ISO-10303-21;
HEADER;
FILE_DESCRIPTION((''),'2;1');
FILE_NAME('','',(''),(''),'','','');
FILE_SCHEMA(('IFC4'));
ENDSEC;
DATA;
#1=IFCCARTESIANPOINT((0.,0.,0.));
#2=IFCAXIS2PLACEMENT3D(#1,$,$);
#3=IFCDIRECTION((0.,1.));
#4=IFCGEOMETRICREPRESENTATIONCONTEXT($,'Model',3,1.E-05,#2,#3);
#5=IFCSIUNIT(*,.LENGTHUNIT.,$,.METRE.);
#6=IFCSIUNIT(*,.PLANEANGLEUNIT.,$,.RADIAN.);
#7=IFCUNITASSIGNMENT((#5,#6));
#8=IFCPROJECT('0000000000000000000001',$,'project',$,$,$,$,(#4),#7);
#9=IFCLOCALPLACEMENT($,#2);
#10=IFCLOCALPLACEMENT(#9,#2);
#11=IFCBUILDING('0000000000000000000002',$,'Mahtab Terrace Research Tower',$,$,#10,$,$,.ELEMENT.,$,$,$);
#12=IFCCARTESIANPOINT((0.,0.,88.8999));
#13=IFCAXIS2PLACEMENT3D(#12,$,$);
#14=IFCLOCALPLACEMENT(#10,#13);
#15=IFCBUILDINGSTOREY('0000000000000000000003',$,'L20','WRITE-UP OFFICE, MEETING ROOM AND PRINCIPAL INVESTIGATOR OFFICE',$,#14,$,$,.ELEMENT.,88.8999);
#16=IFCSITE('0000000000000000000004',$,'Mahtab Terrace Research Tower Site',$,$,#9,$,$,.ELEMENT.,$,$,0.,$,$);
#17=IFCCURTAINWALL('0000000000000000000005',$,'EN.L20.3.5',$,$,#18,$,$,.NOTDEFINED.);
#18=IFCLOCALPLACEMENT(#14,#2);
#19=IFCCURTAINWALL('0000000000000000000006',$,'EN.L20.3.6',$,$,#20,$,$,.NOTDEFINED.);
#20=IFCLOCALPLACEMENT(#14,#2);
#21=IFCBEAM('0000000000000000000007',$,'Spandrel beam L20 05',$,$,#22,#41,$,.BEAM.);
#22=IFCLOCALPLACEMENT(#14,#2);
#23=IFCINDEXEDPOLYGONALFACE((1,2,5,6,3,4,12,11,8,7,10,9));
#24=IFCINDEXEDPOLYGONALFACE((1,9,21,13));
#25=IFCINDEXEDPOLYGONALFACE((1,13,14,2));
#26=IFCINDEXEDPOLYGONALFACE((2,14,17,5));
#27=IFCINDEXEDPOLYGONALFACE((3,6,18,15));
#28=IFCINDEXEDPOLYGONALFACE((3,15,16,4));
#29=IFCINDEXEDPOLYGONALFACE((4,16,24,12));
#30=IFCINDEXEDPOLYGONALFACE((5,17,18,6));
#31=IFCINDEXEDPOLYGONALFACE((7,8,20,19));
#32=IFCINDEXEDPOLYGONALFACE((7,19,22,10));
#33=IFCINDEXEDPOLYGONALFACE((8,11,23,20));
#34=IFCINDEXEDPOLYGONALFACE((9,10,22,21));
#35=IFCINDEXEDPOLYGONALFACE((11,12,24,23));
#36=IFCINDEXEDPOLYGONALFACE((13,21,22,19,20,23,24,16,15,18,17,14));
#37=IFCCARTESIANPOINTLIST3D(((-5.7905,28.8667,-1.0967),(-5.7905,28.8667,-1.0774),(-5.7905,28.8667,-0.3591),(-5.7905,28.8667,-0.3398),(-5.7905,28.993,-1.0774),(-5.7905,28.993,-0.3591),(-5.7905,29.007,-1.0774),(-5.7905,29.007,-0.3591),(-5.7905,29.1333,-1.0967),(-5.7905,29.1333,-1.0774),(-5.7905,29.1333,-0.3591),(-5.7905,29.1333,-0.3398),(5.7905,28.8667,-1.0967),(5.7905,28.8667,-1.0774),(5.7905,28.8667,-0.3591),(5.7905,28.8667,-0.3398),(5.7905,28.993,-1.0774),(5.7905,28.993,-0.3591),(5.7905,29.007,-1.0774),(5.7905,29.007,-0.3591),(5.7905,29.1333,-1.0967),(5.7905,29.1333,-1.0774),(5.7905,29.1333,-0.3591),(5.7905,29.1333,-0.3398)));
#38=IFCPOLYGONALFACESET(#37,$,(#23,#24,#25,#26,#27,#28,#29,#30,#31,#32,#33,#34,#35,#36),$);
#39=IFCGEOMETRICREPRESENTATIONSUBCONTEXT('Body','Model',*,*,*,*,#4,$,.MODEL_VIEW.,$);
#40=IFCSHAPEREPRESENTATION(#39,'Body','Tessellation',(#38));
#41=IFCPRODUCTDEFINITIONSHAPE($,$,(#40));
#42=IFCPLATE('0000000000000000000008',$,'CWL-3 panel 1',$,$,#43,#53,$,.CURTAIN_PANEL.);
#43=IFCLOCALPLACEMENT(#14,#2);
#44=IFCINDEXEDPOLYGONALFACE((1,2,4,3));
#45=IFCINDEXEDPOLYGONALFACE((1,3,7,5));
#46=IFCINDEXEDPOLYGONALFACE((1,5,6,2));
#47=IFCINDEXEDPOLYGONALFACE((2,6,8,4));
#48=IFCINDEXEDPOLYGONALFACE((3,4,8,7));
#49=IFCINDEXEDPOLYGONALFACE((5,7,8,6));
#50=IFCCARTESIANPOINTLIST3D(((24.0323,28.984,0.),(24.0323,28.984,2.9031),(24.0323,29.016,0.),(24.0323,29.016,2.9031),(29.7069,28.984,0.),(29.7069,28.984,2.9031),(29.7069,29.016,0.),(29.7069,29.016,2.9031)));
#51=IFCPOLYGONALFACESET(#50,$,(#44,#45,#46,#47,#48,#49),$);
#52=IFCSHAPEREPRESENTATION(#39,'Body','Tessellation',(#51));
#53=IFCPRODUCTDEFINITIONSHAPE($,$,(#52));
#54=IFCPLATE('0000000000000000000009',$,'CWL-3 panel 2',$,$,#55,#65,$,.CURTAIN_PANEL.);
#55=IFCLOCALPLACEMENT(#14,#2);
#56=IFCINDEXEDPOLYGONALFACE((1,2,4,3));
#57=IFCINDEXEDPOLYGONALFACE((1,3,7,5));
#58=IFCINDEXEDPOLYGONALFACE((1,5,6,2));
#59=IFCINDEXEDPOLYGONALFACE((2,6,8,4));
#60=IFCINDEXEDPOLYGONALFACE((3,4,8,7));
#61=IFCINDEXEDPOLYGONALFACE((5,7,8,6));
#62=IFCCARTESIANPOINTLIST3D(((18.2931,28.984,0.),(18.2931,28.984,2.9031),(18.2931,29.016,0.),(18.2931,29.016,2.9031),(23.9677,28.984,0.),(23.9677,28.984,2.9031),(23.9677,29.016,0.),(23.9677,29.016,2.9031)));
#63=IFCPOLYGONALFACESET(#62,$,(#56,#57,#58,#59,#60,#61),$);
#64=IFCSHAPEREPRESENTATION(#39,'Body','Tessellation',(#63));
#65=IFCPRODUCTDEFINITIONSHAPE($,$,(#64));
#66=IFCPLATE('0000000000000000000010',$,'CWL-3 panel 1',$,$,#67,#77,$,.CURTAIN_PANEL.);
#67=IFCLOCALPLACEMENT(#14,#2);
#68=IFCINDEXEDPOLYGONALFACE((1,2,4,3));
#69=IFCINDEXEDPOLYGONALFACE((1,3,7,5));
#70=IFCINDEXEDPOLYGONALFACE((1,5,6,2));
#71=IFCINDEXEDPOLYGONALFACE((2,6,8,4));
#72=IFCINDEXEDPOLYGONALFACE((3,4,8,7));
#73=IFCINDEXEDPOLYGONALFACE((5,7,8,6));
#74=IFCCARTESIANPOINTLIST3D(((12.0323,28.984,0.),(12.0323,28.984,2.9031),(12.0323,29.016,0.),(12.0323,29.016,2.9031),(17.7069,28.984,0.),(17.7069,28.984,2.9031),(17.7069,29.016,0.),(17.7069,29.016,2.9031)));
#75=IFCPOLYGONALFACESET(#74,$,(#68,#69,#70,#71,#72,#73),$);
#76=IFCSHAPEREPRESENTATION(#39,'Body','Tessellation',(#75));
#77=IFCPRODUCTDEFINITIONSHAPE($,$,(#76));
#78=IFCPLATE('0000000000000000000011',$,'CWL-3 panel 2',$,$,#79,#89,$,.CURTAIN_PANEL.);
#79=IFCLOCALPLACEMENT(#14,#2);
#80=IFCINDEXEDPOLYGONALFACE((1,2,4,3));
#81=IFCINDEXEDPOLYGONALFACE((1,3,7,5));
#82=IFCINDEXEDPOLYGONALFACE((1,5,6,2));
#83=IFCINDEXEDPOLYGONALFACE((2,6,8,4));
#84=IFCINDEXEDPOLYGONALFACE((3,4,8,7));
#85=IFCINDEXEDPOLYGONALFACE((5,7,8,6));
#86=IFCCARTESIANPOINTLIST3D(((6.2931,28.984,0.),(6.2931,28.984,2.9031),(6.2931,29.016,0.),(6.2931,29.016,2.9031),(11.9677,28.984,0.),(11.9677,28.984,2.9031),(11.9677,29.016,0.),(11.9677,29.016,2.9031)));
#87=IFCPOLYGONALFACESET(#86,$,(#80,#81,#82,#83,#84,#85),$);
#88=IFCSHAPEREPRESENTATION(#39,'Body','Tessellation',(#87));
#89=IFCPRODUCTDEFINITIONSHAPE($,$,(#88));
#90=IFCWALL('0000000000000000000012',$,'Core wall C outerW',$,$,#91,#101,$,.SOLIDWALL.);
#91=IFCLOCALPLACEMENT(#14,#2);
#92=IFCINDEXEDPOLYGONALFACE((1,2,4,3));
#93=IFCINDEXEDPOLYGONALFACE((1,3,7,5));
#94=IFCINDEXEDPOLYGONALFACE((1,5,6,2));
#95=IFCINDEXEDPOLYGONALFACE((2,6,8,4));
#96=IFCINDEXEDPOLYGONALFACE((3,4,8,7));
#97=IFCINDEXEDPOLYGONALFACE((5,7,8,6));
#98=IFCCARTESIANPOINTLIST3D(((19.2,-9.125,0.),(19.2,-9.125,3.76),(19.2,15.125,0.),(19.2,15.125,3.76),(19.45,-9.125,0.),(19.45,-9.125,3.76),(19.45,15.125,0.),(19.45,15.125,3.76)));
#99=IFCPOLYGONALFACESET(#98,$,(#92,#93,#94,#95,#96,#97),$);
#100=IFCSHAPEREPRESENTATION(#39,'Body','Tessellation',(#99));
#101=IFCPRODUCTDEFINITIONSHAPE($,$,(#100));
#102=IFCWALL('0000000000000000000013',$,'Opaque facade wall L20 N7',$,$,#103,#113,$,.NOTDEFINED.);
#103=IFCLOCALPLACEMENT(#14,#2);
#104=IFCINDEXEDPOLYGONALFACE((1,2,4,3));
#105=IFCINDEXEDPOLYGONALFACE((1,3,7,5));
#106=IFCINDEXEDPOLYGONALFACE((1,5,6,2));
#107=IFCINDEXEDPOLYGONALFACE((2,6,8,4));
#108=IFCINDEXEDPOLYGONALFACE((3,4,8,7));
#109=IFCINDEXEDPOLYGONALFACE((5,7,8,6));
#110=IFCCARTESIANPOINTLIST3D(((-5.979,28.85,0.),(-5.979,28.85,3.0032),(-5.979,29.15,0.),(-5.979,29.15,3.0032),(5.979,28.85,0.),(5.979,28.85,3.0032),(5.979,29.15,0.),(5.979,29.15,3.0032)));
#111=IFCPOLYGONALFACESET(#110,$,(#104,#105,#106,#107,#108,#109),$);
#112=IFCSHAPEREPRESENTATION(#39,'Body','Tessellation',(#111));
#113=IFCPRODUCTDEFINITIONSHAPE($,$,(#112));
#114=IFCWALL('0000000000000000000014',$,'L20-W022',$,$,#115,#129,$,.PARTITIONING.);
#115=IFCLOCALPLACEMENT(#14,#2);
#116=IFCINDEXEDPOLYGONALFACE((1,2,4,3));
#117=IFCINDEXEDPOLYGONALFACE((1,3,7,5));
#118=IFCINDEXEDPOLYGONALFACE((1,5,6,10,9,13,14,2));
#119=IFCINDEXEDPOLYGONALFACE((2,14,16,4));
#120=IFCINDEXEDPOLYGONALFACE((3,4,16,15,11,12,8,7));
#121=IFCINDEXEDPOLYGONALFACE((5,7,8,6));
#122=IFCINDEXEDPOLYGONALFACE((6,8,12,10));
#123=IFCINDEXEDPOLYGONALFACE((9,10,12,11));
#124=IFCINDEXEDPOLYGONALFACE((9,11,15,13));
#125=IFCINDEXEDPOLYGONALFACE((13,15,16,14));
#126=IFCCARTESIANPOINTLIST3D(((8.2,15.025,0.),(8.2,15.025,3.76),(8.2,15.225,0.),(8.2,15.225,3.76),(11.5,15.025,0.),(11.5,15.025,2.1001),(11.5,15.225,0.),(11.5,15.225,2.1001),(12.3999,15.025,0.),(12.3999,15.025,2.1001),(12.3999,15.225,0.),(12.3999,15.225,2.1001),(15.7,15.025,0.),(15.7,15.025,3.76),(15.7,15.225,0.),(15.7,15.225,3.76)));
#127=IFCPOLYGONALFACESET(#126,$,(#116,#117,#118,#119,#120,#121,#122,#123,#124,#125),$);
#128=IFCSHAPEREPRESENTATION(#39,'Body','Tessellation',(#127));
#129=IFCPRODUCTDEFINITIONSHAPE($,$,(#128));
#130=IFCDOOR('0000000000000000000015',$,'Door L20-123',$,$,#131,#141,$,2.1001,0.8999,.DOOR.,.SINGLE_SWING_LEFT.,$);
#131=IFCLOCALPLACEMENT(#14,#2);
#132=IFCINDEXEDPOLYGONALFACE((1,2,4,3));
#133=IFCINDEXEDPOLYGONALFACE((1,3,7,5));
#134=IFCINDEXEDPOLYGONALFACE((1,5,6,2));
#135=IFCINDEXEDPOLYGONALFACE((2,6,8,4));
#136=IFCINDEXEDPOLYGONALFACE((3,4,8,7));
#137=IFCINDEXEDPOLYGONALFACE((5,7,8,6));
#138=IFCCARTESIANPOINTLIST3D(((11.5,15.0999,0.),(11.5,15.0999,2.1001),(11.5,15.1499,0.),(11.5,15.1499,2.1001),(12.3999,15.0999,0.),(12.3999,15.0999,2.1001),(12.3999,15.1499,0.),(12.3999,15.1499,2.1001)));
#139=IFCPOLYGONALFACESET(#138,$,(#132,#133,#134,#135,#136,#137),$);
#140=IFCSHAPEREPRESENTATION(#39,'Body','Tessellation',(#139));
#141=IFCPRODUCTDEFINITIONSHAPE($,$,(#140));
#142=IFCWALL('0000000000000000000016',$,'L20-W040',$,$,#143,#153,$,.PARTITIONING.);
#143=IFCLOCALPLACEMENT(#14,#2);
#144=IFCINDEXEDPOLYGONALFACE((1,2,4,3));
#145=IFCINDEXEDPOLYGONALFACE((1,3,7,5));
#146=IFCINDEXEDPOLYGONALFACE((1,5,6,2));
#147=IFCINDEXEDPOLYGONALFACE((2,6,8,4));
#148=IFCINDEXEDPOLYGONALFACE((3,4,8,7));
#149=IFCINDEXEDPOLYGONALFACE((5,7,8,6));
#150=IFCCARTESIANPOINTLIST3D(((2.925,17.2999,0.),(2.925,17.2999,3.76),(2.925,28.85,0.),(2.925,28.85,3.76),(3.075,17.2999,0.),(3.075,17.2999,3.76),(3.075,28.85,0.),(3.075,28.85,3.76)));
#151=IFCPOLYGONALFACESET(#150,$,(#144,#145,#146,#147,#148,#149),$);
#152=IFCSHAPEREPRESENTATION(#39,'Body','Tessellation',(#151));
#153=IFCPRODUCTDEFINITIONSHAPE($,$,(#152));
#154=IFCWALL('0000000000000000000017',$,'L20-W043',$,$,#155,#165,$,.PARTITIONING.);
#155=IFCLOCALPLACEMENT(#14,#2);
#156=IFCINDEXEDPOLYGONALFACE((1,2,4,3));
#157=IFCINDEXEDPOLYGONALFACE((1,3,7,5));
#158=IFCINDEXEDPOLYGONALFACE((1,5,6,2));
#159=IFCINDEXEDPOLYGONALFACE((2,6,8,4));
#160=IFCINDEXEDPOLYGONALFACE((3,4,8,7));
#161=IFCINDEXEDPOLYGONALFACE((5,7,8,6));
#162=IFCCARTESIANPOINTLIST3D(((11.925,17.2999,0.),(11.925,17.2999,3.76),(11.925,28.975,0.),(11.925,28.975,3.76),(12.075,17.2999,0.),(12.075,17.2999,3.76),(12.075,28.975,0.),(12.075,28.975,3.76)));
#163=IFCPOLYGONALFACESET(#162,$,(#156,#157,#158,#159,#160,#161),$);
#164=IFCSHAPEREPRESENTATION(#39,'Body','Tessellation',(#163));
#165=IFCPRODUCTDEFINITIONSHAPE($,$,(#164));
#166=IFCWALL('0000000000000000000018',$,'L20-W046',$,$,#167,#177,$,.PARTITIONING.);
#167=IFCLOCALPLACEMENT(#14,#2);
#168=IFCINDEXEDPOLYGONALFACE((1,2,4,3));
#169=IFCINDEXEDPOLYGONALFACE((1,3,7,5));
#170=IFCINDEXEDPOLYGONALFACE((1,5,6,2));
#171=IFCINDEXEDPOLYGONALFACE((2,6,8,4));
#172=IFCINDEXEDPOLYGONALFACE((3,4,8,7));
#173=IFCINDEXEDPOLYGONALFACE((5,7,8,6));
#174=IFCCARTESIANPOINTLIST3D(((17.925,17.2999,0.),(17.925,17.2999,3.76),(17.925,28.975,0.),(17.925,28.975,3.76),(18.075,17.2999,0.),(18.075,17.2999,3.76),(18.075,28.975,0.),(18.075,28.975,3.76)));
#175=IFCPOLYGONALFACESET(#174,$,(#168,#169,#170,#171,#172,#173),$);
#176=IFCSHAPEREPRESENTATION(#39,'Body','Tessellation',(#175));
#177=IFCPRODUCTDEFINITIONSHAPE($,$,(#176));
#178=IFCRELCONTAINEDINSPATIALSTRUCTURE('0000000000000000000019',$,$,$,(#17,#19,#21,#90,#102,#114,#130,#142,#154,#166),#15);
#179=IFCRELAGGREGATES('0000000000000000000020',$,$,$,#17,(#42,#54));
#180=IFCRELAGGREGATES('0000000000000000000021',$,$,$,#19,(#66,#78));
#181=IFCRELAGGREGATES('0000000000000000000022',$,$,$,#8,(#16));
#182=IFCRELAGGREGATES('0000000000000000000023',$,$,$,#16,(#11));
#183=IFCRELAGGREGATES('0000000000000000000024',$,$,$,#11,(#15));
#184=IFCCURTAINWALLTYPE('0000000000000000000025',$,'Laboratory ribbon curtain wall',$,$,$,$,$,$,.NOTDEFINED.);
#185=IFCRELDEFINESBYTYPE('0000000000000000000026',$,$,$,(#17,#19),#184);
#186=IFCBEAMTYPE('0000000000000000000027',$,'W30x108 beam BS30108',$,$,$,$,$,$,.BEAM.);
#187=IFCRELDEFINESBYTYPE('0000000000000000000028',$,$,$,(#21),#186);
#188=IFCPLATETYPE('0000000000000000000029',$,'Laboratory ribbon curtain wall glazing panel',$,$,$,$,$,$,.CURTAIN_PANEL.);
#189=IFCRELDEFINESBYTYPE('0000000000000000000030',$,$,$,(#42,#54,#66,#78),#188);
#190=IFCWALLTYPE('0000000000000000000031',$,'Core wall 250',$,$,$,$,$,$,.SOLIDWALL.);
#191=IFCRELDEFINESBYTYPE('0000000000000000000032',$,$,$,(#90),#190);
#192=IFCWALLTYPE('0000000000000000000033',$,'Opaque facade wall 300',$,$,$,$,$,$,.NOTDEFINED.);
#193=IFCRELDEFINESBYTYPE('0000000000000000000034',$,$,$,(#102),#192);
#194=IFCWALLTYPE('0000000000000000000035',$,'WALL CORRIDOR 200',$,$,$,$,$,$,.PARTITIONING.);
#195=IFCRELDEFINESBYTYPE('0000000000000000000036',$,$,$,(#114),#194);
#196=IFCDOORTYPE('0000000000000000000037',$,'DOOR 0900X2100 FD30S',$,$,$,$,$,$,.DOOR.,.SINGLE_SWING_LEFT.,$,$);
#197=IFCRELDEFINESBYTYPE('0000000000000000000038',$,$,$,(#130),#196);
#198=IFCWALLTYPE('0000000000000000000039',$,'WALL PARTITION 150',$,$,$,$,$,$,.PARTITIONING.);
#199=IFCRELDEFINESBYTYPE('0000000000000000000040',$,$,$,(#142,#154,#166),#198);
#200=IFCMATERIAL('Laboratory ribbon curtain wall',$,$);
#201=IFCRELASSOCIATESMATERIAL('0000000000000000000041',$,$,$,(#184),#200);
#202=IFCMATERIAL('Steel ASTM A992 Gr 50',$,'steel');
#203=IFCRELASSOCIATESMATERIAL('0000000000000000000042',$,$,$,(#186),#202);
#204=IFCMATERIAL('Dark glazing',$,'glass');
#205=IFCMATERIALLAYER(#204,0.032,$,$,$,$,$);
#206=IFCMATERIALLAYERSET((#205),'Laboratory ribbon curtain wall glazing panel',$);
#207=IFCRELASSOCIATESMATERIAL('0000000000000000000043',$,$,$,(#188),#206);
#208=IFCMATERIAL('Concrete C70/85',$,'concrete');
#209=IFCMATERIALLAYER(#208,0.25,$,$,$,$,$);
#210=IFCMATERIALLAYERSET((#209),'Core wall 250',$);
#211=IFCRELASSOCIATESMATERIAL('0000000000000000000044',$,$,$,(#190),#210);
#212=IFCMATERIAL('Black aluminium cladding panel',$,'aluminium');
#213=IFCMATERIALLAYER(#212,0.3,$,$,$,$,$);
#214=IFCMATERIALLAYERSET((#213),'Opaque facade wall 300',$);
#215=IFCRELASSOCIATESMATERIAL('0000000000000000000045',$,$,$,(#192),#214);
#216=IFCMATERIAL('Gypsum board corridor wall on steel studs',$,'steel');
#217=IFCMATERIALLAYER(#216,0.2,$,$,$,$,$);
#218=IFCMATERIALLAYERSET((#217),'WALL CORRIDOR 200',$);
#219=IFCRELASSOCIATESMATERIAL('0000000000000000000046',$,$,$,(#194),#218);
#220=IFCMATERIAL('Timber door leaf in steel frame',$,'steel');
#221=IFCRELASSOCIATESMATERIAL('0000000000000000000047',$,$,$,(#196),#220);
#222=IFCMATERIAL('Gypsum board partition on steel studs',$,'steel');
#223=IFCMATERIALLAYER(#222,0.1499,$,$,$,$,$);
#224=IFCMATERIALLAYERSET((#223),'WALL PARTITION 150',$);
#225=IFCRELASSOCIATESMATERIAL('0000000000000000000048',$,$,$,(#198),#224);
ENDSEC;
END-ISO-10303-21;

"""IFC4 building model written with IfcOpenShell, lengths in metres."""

from ifc_helpers import new_model, si_unit, direction, frame, frame_2d, origin, origin_2d, place, context, subcontext, project, spatial, rectangle, i_section, extrude, material, layer, layer_set, material_profile, profile_set, type_object, element, fill, aggregate, save


model = new_model("IFC4")

# Units and contexts
model_context = context("Model", 3, precision=1e-05, world=origin(), true_north=direction((0.0, 1.0)))
body_context = subcontext(model_context, "Body", "Model", "MODEL_VIEW")
ifc_project = project(units=[si_unit("LENGTHUNIT", "METRE"), si_unit("PLANEANGLEUNIT", "RADIAN")], contexts=[model_context])

# Site, building, storey
site_placement = place(None, origin())
site = spatial("IfcSite", under=ifc_project, at=site_placement, Name="Mahtab Terrace Research Tower Site", CompositionType="ELEMENT", RefElevation=0.0)
building_placement = place(site_placement, origin())
building = spatial("IfcBuilding", under=site, at=building_placement, Name="Mahtab Terrace Research Tower", CompositionType="ELEMENT")
storey_placement = place(building_placement, frame((0.0, 0.0, 88.8999)))
storey = spatial("IfcBuildingStorey", under=building, at=storey_placement, Name="L20", Description="WRITE-UP OFFICE, MEETING ROOM AND PRINCIPAL INVESTIGATOR OFFICE", CompositionType="ELEMENT", Elevation=88.8999)

# Shared definitions
ifc_material_1 = material(Name="Steel ASTM A992 Gr 50", Category="steel")

# Curtain walls
ifc_material_2 = material(Name="Laboratory ribbon curtain wall")
curtain_wall_type = type_object("IfcCurtainWallType", Name="Laboratory ribbon curtain wall", PredefinedType="NOTDEFINED", material=ifc_material_2)
curtain_wall_1_placement = place(storey_placement, origin())
curtain_wall_1 = element("IfcCurtainWall", 1, at=curtain_wall_1_placement, inside=storey, type_object=curtain_wall_type, Name="EN.L20.3.5", PredefinedType="NOTDEFINED")
curtain_wall_2_placement = place(storey_placement, origin())
curtain_wall_2 = element("IfcCurtainWall", 2, at=curtain_wall_2_placement, inside=storey, type_object=curtain_wall_type, Name="EN.L20.3.6", PredefinedType="NOTDEFINED")

# Beam
ifc_material_profile_1 = material_profile(ifc_material_1, i_section(OverallWidth=0.2666, OverallDepth=0.7568, WebThickness=0.0139, FlangeThickness=0.0193, at=origin_2d()), Name="W30X108")
ifc_profile_set_1 = profile_set([ifc_material_profile_1], Name="Steel ASTM A992 Gr 50")
beam_type = type_object("IfcBeamType", Name="W30x108 beam BS30108", PredefinedType="BEAM", material=ifc_profile_set_1)
for number, where, z_axis, x_axis, name in (
    (3, (5.7905, 29.0, -0.7183), (-1.0, 0.0, 0.0), (0.0, -1.0, 0.0), "Spandrel beam L20 05"),
):
    element("IfcBeam", number, at=place(storey_placement, frame(where, z_axis=z_axis, x_axis=x_axis)), inside=storey, type_object=beam_type, Name=name, PredefinedType="BEAM", context=body_context, shape_type="SweptSolid", body=[
        extrude(i_section(OverallWidth=0.2666, OverallDepth=0.7568, WebThickness=0.0139, FlangeThickness=0.0193, at=origin_2d()), origin(), (0.0, 0.0, 1.0), 11.5811),
    ])

# Plates
ifc_material_3 = material(Name="Dark glazing", Category="glass")
ifc_layer_1 = layer(ifc_material_3, 0.032)
ifc_layer_set_1 = layer_set([ifc_layer_1], Name="Laboratory ribbon curtain wall glazing panel")
plate_type = type_object("IfcPlateType", Name="Laboratory ribbon curtain wall glazing panel", PredefinedType="CURTAIN_PANEL", material=ifc_layer_set_1)
plate_1_placement = place(storey_placement, frame((26.8696, 29.0, 0.0), z_axis=(0.0, 0.0, 1.0), x_axis=(-1.0, 0.0, 0.0)))
plate_1 = element("IfcPlate", 4, at=plate_1_placement, type_object=plate_type, Name="CWL-3 panel 1", PredefinedType="CURTAIN_PANEL", context=body_context, shape_type="SweptSolid", body=[
    extrude(rectangle(XDim=5.6746, YDim=0.032, at=origin_2d()), origin(), (0.0, 0.0, 1.0), 2.9031),
])
plate_2_placement = place(storey_placement, frame((21.1304, 29.0, 0.0), z_axis=(0.0, 0.0, 1.0), x_axis=(-1.0, 0.0, 0.0)))
plate_2 = element("IfcPlate", 5, at=plate_2_placement, type_object=plate_type, Name="CWL-3 panel 2", PredefinedType="CURTAIN_PANEL", context=body_context, shape_type="SweptSolid", body=[
    extrude(rectangle(XDim=5.6746, YDim=0.032, at=origin_2d()), origin(), (0.0, 0.0, 1.0), 2.9031),
])
aggregate(curtain_wall_1, [plate_1, plate_2])
plate_3_placement = place(storey_placement, frame((14.8696, 29.0, 0.0), z_axis=(0.0, 0.0, 1.0), x_axis=(-1.0, 0.0, 0.0)))
plate_3 = element("IfcPlate", 6, at=plate_3_placement, type_object=plate_type, Name="CWL-3 panel 1", PredefinedType="CURTAIN_PANEL", context=body_context, shape_type="SweptSolid", body=[
    extrude(rectangle(XDim=5.6746, YDim=0.032, at=origin_2d()), origin(), (0.0, 0.0, 1.0), 2.9031),
])
plate_4_placement = place(storey_placement, frame((9.1304, 29.0, 0.0), z_axis=(0.0, 0.0, 1.0), x_axis=(-1.0, 0.0, 0.0)))
plate_4 = element("IfcPlate", 7, at=plate_4_placement, type_object=plate_type, Name="CWL-3 panel 2", PredefinedType="CURTAIN_PANEL", context=body_context, shape_type="SweptSolid", body=[
    extrude(rectangle(XDim=5.6746, YDim=0.032, at=origin_2d()), origin(), (0.0, 0.0, 1.0), 2.9031),
])
aggregate(curtain_wall_2, [plate_3, plate_4])

# Walls
ifc_material_4 = material(Name="Concrete C70/85", Category="concrete")
ifc_layer_2 = layer(ifc_material_4, 0.25)
ifc_layer_set_2 = layer_set([ifc_layer_2], Name="Core wall 250")
wall_type_1 = type_object("IfcWallType", Name="Core wall 250", PredefinedType="SOLIDWALL", material=ifc_layer_set_2)
wall_1_placement = place(storey_placement, frame((19.325, 15.125, 0.0), z_axis=(0.0, 0.0, 1.0), x_axis=(0.0, -1.0, 0.0)))
element("IfcWall", 8, at=wall_1_placement, inside=storey, type_object=wall_type_1, Name="Core wall C outerW", PredefinedType="SOLIDWALL", context=body_context, shape_type="SweptSolid", body=[
    extrude(rectangle(XDim=24.25, YDim=0.25, at=frame_2d((12.125, 0.0))), origin(), (0.0, 0.0, 1.0), 3.76),
])
ifc_material_5 = material(Name="Black aluminium cladding panel", Category="aluminium")
ifc_layer_3 = layer(ifc_material_5, 0.3)
ifc_layer_set_3 = layer_set([ifc_layer_3], Name="Opaque facade wall 300")
wall_type_2 = type_object("IfcWallType", Name="Opaque facade wall 300", PredefinedType="NOTDEFINED", material=ifc_layer_set_3)
wall_2_placement = place(storey_placement, frame((5.979, 29.0, 0.0), z_axis=(0.0, 0.0, 1.0), x_axis=(-1.0, 0.0, 0.0)))
element("IfcWall", 9, at=wall_2_placement, inside=storey, type_object=wall_type_2, Name="Opaque facade wall L20 N7", PredefinedType="NOTDEFINED", context=body_context, shape_type="SweptSolid", body=[
    extrude(rectangle(XDim=11.958, YDim=0.3, at=frame_2d((5.979, 0.0))), origin(), (0.0, 0.0, 1.0), 3.0032),
])

# Wall, opening, door
ifc_material_6 = material(Name="Gypsum board corridor wall on steel studs", Category="steel")
ifc_layer_4 = layer(ifc_material_6, 0.2)
ifc_layer_set_4 = layer_set([ifc_layer_4], Name="WALL CORRIDOR 200")
wall_type_3 = type_object("IfcWallType", Name="WALL CORRIDOR 200", PredefinedType="PARTITIONING", material=ifc_layer_set_4)
wall_3_placement = place(storey_placement, frame((8.2, 15.125, 0.0), z_axis=(0.0, 0.0, 1.0), x_axis=(1.0, 0.0, 0.0)))
wall_3 = element("IfcWall", 10, at=wall_3_placement, inside=storey, type_object=wall_type_3, Name="L20-W022", PredefinedType="PARTITIONING", context=body_context, shape_type="SweptSolid", body=[
    extrude(rectangle(XDim=7.5, YDim=0.2, at=frame_2d((3.75, 0.0))), origin(), (0.0, 0.0, 1.0), 3.76),
])
opening_placement = place(wall_3_placement, frame((3.3, 0.0, 0.0)))
opening = element("IfcOpeningElement", 11, at=opening_placement, cuts=wall_3, PredefinedType="OPENING", context=body_context, shape_type="SweptSolid", body=[
    extrude(rectangle(XDim=0.8999, YDim=2.1001, at=frame_2d((0.45, 1.05))), frame((0.0, 0.1099, 0.0), z_axis=(0.0, -1.0, 0.0), x_axis=(1.0, 0.0, 0.0)), (0.0, 0.0, 1.0), 0.22),
])
ifc_material_7 = material(Name="Timber door leaf in steel frame", Category="steel")
door_type = type_object("IfcDoorType", Name="DOOR 0900X2100 FD30S", OperationType="SINGLE_SWING_LEFT", PredefinedType="DOOR", material=ifc_material_7)
door_placement = place(opening_placement, origin())
door = element("IfcDoor", 12, at=door_placement, inside=storey, type_object=door_type, Name="Door L20-123", OperationType="SINGLE_SWING_LEFT", OverallHeight=2.1001, OverallWidth=0.8999, PredefinedType="DOOR", context=body_context, shape_type="SweptSolid", body=[
    extrude(rectangle(XDim=0.8999, YDim=2.1001, at=frame_2d((0.45, 1.05))), frame((0.0, 0.0249, 0.0), z_axis=(0.0, -1.0, 0.0), x_axis=(1.0, 0.0, 0.0)), (0.0, 0.0, 1.0), 0.05),
])
fill(opening, door)

# Walls
ifc_material_8 = material(Name="Gypsum board partition on steel studs", Category="steel")
ifc_layer_5 = layer(ifc_material_8, 0.1499)
ifc_layer_set_5 = layer_set([ifc_layer_5], Name="WALL PARTITION 150")
wall_type_4 = type_object("IfcWallType", Name="WALL PARTITION 150", PredefinedType="PARTITIONING", material=ifc_layer_set_5)
wall_4_placement = place(storey_placement, frame((3.0, 17.3, 0.0), z_axis=(0.0, 0.0, 1.0), x_axis=(0.0, 1.0, 0.0)))
element("IfcWall", 13, at=wall_4_placement, inside=storey, type_object=wall_type_4, Name="L20-W040", PredefinedType="PARTITIONING", context=body_context, shape_type="SweptSolid", body=[
    extrude(rectangle(XDim=11.55, YDim=0.1499, at=frame_2d((5.7749, 0.0))), origin(), (0.0, 0.0, 1.0), 3.76),
])
for number, where, z_axis, x_axis, name in (
    (14, (12.0, 17.3, 0.0), (0.0, 0.0, 1.0), (0.0, 1.0, 0.0), "L20-W043"),
    (15, (18.0, 17.3, 0.0), (0.0, 0.0, 1.0), (0.0, 1.0, 0.0), "L20-W046"),
):
    element("IfcWall", number, at=place(storey_placement, frame(where, z_axis=z_axis, x_axis=x_axis)), inside=storey, type_object=wall_type_4, Name=name, PredefinedType="PARTITIONING", context=body_context, shape_type="SweptSolid", body=[
        extrude(rectangle(XDim=11.675, YDim=0.1499, at=frame_2d((5.8374, 0.0))), origin(), (0.0, 0.0, 1.0), 3.76),
    ])

save(model, "model.ifc")
